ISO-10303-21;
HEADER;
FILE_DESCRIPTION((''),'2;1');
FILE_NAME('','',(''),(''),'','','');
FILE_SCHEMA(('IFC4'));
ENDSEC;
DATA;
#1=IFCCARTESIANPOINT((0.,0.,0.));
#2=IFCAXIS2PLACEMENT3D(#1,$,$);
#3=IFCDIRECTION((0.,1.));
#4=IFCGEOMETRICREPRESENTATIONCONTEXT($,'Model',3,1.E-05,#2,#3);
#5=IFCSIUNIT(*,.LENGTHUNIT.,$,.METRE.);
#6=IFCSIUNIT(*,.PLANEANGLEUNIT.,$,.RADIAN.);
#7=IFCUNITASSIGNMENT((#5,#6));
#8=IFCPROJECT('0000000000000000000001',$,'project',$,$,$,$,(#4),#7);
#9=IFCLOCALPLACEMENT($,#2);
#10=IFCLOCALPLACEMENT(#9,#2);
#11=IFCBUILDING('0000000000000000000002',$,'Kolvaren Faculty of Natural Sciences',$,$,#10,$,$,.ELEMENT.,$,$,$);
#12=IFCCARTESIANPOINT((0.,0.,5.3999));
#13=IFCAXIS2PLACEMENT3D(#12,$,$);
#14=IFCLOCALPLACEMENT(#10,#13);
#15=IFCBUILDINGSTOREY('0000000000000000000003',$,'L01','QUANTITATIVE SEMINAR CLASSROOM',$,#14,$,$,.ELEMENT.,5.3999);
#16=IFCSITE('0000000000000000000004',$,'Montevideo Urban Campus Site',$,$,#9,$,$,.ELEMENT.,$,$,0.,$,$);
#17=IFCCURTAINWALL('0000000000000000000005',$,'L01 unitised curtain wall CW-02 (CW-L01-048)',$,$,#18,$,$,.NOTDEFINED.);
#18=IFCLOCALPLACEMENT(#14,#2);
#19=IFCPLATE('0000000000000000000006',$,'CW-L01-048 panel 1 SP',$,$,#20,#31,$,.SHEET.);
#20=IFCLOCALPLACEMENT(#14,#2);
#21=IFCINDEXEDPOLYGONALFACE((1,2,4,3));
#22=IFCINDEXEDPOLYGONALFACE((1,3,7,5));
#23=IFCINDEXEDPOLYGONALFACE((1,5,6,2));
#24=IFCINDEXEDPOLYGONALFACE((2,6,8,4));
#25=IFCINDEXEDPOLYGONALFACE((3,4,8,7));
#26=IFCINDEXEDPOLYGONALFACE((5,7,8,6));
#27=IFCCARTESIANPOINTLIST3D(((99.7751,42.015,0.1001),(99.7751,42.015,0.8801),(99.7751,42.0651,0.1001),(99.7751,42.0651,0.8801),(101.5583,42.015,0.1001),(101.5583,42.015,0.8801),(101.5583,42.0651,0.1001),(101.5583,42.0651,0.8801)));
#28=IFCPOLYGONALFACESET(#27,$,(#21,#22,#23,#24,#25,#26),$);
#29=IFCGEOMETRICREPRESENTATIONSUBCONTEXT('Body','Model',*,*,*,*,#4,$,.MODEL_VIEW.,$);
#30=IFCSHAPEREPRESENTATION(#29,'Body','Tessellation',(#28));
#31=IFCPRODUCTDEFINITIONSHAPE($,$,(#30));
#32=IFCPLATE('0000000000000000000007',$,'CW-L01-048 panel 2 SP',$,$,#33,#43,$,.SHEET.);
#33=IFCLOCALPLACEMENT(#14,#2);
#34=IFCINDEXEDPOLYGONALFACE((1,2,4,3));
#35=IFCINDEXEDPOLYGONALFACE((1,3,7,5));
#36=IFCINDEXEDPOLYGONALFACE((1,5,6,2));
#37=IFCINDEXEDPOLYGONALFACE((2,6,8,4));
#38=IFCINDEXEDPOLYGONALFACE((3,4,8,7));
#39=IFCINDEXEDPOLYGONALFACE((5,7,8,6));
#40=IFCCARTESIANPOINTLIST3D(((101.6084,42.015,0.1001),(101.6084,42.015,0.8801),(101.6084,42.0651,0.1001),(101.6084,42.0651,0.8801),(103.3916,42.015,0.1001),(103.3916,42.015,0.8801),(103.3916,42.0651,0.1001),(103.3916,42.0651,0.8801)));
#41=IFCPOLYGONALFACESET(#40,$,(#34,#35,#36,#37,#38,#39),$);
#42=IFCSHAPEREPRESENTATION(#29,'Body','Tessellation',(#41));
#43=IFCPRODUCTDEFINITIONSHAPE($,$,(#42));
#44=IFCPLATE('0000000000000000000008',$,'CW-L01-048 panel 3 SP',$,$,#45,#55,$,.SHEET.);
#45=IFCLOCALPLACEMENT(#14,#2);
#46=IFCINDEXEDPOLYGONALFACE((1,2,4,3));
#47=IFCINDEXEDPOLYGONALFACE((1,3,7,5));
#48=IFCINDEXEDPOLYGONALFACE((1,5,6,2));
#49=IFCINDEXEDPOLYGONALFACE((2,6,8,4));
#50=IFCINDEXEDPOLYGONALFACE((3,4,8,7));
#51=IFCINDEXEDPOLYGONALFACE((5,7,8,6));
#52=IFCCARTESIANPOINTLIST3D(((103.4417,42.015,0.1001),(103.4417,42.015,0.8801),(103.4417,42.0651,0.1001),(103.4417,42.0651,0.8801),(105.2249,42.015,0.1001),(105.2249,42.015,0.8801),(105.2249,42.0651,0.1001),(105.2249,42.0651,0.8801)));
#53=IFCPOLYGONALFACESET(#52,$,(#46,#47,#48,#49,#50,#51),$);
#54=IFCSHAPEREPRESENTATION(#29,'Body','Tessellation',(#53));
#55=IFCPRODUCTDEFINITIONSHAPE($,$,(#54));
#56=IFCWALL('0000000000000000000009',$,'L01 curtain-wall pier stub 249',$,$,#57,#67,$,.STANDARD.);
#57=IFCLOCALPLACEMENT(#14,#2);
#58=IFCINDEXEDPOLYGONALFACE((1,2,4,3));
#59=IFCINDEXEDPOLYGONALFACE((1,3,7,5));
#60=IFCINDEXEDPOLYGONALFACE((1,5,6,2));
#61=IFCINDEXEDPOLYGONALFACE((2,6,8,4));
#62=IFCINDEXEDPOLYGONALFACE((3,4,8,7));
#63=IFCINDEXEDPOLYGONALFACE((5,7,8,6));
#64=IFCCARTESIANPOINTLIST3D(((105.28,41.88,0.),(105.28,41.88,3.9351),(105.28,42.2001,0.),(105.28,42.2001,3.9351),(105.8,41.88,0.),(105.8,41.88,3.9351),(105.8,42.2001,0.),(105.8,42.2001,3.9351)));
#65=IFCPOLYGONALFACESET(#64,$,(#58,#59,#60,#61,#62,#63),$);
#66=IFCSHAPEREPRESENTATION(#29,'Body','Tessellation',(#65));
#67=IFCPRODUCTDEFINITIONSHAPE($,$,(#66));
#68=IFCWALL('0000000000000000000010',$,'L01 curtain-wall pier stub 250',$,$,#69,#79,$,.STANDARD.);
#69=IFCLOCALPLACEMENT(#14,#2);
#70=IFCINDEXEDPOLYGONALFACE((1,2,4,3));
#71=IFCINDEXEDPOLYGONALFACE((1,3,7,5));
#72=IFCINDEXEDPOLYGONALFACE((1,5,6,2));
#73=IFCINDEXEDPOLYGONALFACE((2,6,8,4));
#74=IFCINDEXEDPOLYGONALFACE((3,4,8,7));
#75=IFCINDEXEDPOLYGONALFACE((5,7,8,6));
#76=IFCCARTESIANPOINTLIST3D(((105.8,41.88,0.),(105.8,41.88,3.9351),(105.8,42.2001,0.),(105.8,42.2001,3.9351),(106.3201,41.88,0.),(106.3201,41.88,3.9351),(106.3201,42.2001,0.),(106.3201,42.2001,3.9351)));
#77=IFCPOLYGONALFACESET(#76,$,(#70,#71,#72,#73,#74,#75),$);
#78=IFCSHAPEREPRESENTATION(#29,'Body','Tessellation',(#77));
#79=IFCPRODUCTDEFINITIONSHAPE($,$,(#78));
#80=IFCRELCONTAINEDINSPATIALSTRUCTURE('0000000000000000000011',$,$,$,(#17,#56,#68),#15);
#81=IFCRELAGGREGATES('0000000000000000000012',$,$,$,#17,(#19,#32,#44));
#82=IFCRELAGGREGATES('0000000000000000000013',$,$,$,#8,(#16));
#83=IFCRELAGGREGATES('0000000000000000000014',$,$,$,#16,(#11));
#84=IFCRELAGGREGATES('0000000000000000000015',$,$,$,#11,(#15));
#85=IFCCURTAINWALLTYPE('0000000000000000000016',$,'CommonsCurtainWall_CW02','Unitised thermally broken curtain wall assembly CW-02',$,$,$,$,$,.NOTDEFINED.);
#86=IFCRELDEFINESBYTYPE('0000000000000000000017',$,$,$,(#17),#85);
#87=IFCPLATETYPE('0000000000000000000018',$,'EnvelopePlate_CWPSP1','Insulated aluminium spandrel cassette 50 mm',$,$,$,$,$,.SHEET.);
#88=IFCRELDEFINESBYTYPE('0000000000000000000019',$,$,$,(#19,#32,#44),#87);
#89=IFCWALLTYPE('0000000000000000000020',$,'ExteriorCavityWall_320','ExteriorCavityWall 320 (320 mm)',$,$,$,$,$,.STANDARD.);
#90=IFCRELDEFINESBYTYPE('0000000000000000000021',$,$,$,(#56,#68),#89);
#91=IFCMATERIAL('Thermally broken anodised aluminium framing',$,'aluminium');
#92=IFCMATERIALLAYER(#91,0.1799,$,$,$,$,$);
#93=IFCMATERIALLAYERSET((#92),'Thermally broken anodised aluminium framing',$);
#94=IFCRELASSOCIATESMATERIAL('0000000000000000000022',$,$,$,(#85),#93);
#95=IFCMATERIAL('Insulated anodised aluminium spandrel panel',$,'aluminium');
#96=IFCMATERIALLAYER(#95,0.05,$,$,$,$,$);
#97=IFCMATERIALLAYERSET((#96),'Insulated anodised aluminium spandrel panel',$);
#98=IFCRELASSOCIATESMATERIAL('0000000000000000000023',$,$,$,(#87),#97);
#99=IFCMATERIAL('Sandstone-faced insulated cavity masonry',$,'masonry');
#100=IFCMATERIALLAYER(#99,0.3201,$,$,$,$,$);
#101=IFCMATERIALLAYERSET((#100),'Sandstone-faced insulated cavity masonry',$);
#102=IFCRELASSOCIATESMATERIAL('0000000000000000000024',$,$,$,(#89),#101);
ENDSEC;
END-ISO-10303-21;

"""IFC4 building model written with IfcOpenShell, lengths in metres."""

from ifc_helpers import new_model, si_unit, direction, frame, frame_2d, origin, origin_2d, place, context, subcontext, project, spatial, rectangle, extrude, material, layer, layer_set, type_object, element, aggregate, save


model = new_model("IFC4")

# Units and contexts
model_context = context("Model", 3, precision=1e-05, world=origin(), true_north=direction((0.0, 1.0)))
body_context = subcontext(model_context, "Body", "Model", "MODEL_VIEW")
ifc_project = project(units=[si_unit("LENGTHUNIT", "METRE"), si_unit("PLANEANGLEUNIT", "RADIAN")], contexts=[model_context])

# Site, building, storey
site_placement = place(None, origin())
site = spatial("IfcSite", under=ifc_project, at=site_placement, Name="Montevideo Urban Campus Site", CompositionType="ELEMENT", RefElevation=0.0)
building_placement = place(site_placement, origin())
building = spatial("IfcBuilding", under=site, at=building_placement, Name="Kolvaren Faculty of Natural Sciences", CompositionType="ELEMENT")
storey_placement = place(building_placement, frame((0.0, 0.0, 5.3999)))
storey = spatial("IfcBuildingStorey", under=building, at=storey_placement, Name="L01", Description="QUANTITATIVE SEMINAR CLASSROOM", CompositionType="ELEMENT", Elevation=5.3999)

# Curtain wall
ifc_material_1 = material(Name="Thermally broken anodised aluminium framing", Category="aluminium")
ifc_layer_1 = layer(ifc_material_1, 0.1799)
ifc_layer_set_1 = layer_set([ifc_layer_1], Name="Thermally broken anodised aluminium framing")
curtain_wall_type = type_object("IfcCurtainWallType", Name="CommonsCurtainWall_CW02", Description="Unitised thermally broken curtain wall assembly CW-02", PredefinedType="NOTDEFINED", material=ifc_layer_set_1)
curtain_wall_1_placement = place(storey_placement, origin())
curtain_wall_1 = element("IfcCurtainWall", 1, at=curtain_wall_1_placement, inside=storey, type_object=curtain_wall_type, Name="L01 unitised curtain wall CW-02 (CW-L01-048)", PredefinedType="NOTDEFINED")

# Plates
ifc_material_2 = material(Name="Insulated anodised aluminium spandrel panel", Category="aluminium")
ifc_layer_2 = layer(ifc_material_2, 0.05)
ifc_layer_set_2 = layer_set([ifc_layer_2], Name="Insulated anodised aluminium spandrel panel")
plate_type_1 = type_object("IfcPlateType", Name="EnvelopePlate_CWPSP1", Description="Insulated aluminium spandrel cassette 50 mm", PredefinedType="SHEET", material=ifc_layer_set_2)
plate_1_placement = place(storey_placement, frame((100.6667, 42.04, 0.1001), z_axis=(0.0, 0.0, 1.0), x_axis=(1.0, 0.0, 0.0)))
plate_1 = element("IfcPlate", 2, at=plate_1_placement, type_object=plate_type_1, Name="CW-L01-048 panel 1 SP", PredefinedType="SHEET", context=body_context, shape_type="SweptSolid", body=[
    extrude(rectangle(XDim=1.7832, YDim=0.05, at=origin_2d()), origin(), (0.0, 0.0, 1.0), 0.78),
])
plate_2_placement = place(storey_placement, frame((102.5, 42.04, 0.1001), z_axis=(0.0, 0.0, 1.0), x_axis=(1.0, 0.0, 0.0)))
plate_2 = element("IfcPlate", 3, at=plate_2_placement, type_object=plate_type_1, Name="CW-L01-048 panel 2 SP", PredefinedType="SHEET", context=body_context, shape_type="SweptSolid", body=[
    extrude(rectangle(XDim=1.7832, YDim=0.05, at=origin_2d()), origin(), (0.0, 0.0, 1.0), 0.78),
])
plate_3_placement = place(storey_placement, frame((104.3333, 42.04, 0.1001), z_axis=(0.0, 0.0, 1.0), x_axis=(1.0, 0.0, 0.0)))
plate_3 = element("IfcPlate", 4, at=plate_3_placement, type_object=plate_type_1, Name="CW-L01-048 panel 3 SP", PredefinedType="SHEET", context=body_context, shape_type="SweptSolid", body=[
    extrude(rectangle(XDim=1.7832, YDim=0.05, at=origin_2d()), origin(), (0.0, 0.0, 1.0), 0.78),
])
aggregate(curtain_wall_1, [plate_1, plate_2, plate_3])

# Walls
ifc_material_3 = material(Name="Sandstone-faced insulated cavity masonry", Category="masonry")
ifc_layer_3 = layer(ifc_material_3, 0.3201)
ifc_layer_set_3 = layer_set([ifc_layer_3], Name="Sandstone-faced insulated cavity masonry")
wall_type = type_object("IfcWallType", Name="ExteriorCavityWall_320", Description="ExteriorCavityWall 320 (320 mm)", PredefinedType="STANDARD", material=ifc_layer_set_3)
for number, where, z_axis, x_axis, name in (
    (5, (105.28, 42.04, 0.0), (0.0, 0.0, 1.0), (1.0, 0.0, 0.0), "L01 curtain-wall pier stub 249"),
    (6, (105.8, 42.04, 0.0), (0.0, 0.0, 1.0), (1.0, 0.0, 0.0), "L01 curtain-wall pier stub 250"),
):
    element("IfcWall", number, at=place(storey_placement, frame(where, z_axis=z_axis, x_axis=x_axis)), inside=storey, type_object=wall_type, Name=name, PredefinedType="STANDARD", context=body_context, shape_type="SweptSolid", body=[
        extrude(rectangle(XDim=0.52, YDim=0.3201, at=frame_2d((0.26, 0.0))), origin(), (0.0, 0.0, 1.0), 3.9351),
    ])

save(model, "model.ifc")
